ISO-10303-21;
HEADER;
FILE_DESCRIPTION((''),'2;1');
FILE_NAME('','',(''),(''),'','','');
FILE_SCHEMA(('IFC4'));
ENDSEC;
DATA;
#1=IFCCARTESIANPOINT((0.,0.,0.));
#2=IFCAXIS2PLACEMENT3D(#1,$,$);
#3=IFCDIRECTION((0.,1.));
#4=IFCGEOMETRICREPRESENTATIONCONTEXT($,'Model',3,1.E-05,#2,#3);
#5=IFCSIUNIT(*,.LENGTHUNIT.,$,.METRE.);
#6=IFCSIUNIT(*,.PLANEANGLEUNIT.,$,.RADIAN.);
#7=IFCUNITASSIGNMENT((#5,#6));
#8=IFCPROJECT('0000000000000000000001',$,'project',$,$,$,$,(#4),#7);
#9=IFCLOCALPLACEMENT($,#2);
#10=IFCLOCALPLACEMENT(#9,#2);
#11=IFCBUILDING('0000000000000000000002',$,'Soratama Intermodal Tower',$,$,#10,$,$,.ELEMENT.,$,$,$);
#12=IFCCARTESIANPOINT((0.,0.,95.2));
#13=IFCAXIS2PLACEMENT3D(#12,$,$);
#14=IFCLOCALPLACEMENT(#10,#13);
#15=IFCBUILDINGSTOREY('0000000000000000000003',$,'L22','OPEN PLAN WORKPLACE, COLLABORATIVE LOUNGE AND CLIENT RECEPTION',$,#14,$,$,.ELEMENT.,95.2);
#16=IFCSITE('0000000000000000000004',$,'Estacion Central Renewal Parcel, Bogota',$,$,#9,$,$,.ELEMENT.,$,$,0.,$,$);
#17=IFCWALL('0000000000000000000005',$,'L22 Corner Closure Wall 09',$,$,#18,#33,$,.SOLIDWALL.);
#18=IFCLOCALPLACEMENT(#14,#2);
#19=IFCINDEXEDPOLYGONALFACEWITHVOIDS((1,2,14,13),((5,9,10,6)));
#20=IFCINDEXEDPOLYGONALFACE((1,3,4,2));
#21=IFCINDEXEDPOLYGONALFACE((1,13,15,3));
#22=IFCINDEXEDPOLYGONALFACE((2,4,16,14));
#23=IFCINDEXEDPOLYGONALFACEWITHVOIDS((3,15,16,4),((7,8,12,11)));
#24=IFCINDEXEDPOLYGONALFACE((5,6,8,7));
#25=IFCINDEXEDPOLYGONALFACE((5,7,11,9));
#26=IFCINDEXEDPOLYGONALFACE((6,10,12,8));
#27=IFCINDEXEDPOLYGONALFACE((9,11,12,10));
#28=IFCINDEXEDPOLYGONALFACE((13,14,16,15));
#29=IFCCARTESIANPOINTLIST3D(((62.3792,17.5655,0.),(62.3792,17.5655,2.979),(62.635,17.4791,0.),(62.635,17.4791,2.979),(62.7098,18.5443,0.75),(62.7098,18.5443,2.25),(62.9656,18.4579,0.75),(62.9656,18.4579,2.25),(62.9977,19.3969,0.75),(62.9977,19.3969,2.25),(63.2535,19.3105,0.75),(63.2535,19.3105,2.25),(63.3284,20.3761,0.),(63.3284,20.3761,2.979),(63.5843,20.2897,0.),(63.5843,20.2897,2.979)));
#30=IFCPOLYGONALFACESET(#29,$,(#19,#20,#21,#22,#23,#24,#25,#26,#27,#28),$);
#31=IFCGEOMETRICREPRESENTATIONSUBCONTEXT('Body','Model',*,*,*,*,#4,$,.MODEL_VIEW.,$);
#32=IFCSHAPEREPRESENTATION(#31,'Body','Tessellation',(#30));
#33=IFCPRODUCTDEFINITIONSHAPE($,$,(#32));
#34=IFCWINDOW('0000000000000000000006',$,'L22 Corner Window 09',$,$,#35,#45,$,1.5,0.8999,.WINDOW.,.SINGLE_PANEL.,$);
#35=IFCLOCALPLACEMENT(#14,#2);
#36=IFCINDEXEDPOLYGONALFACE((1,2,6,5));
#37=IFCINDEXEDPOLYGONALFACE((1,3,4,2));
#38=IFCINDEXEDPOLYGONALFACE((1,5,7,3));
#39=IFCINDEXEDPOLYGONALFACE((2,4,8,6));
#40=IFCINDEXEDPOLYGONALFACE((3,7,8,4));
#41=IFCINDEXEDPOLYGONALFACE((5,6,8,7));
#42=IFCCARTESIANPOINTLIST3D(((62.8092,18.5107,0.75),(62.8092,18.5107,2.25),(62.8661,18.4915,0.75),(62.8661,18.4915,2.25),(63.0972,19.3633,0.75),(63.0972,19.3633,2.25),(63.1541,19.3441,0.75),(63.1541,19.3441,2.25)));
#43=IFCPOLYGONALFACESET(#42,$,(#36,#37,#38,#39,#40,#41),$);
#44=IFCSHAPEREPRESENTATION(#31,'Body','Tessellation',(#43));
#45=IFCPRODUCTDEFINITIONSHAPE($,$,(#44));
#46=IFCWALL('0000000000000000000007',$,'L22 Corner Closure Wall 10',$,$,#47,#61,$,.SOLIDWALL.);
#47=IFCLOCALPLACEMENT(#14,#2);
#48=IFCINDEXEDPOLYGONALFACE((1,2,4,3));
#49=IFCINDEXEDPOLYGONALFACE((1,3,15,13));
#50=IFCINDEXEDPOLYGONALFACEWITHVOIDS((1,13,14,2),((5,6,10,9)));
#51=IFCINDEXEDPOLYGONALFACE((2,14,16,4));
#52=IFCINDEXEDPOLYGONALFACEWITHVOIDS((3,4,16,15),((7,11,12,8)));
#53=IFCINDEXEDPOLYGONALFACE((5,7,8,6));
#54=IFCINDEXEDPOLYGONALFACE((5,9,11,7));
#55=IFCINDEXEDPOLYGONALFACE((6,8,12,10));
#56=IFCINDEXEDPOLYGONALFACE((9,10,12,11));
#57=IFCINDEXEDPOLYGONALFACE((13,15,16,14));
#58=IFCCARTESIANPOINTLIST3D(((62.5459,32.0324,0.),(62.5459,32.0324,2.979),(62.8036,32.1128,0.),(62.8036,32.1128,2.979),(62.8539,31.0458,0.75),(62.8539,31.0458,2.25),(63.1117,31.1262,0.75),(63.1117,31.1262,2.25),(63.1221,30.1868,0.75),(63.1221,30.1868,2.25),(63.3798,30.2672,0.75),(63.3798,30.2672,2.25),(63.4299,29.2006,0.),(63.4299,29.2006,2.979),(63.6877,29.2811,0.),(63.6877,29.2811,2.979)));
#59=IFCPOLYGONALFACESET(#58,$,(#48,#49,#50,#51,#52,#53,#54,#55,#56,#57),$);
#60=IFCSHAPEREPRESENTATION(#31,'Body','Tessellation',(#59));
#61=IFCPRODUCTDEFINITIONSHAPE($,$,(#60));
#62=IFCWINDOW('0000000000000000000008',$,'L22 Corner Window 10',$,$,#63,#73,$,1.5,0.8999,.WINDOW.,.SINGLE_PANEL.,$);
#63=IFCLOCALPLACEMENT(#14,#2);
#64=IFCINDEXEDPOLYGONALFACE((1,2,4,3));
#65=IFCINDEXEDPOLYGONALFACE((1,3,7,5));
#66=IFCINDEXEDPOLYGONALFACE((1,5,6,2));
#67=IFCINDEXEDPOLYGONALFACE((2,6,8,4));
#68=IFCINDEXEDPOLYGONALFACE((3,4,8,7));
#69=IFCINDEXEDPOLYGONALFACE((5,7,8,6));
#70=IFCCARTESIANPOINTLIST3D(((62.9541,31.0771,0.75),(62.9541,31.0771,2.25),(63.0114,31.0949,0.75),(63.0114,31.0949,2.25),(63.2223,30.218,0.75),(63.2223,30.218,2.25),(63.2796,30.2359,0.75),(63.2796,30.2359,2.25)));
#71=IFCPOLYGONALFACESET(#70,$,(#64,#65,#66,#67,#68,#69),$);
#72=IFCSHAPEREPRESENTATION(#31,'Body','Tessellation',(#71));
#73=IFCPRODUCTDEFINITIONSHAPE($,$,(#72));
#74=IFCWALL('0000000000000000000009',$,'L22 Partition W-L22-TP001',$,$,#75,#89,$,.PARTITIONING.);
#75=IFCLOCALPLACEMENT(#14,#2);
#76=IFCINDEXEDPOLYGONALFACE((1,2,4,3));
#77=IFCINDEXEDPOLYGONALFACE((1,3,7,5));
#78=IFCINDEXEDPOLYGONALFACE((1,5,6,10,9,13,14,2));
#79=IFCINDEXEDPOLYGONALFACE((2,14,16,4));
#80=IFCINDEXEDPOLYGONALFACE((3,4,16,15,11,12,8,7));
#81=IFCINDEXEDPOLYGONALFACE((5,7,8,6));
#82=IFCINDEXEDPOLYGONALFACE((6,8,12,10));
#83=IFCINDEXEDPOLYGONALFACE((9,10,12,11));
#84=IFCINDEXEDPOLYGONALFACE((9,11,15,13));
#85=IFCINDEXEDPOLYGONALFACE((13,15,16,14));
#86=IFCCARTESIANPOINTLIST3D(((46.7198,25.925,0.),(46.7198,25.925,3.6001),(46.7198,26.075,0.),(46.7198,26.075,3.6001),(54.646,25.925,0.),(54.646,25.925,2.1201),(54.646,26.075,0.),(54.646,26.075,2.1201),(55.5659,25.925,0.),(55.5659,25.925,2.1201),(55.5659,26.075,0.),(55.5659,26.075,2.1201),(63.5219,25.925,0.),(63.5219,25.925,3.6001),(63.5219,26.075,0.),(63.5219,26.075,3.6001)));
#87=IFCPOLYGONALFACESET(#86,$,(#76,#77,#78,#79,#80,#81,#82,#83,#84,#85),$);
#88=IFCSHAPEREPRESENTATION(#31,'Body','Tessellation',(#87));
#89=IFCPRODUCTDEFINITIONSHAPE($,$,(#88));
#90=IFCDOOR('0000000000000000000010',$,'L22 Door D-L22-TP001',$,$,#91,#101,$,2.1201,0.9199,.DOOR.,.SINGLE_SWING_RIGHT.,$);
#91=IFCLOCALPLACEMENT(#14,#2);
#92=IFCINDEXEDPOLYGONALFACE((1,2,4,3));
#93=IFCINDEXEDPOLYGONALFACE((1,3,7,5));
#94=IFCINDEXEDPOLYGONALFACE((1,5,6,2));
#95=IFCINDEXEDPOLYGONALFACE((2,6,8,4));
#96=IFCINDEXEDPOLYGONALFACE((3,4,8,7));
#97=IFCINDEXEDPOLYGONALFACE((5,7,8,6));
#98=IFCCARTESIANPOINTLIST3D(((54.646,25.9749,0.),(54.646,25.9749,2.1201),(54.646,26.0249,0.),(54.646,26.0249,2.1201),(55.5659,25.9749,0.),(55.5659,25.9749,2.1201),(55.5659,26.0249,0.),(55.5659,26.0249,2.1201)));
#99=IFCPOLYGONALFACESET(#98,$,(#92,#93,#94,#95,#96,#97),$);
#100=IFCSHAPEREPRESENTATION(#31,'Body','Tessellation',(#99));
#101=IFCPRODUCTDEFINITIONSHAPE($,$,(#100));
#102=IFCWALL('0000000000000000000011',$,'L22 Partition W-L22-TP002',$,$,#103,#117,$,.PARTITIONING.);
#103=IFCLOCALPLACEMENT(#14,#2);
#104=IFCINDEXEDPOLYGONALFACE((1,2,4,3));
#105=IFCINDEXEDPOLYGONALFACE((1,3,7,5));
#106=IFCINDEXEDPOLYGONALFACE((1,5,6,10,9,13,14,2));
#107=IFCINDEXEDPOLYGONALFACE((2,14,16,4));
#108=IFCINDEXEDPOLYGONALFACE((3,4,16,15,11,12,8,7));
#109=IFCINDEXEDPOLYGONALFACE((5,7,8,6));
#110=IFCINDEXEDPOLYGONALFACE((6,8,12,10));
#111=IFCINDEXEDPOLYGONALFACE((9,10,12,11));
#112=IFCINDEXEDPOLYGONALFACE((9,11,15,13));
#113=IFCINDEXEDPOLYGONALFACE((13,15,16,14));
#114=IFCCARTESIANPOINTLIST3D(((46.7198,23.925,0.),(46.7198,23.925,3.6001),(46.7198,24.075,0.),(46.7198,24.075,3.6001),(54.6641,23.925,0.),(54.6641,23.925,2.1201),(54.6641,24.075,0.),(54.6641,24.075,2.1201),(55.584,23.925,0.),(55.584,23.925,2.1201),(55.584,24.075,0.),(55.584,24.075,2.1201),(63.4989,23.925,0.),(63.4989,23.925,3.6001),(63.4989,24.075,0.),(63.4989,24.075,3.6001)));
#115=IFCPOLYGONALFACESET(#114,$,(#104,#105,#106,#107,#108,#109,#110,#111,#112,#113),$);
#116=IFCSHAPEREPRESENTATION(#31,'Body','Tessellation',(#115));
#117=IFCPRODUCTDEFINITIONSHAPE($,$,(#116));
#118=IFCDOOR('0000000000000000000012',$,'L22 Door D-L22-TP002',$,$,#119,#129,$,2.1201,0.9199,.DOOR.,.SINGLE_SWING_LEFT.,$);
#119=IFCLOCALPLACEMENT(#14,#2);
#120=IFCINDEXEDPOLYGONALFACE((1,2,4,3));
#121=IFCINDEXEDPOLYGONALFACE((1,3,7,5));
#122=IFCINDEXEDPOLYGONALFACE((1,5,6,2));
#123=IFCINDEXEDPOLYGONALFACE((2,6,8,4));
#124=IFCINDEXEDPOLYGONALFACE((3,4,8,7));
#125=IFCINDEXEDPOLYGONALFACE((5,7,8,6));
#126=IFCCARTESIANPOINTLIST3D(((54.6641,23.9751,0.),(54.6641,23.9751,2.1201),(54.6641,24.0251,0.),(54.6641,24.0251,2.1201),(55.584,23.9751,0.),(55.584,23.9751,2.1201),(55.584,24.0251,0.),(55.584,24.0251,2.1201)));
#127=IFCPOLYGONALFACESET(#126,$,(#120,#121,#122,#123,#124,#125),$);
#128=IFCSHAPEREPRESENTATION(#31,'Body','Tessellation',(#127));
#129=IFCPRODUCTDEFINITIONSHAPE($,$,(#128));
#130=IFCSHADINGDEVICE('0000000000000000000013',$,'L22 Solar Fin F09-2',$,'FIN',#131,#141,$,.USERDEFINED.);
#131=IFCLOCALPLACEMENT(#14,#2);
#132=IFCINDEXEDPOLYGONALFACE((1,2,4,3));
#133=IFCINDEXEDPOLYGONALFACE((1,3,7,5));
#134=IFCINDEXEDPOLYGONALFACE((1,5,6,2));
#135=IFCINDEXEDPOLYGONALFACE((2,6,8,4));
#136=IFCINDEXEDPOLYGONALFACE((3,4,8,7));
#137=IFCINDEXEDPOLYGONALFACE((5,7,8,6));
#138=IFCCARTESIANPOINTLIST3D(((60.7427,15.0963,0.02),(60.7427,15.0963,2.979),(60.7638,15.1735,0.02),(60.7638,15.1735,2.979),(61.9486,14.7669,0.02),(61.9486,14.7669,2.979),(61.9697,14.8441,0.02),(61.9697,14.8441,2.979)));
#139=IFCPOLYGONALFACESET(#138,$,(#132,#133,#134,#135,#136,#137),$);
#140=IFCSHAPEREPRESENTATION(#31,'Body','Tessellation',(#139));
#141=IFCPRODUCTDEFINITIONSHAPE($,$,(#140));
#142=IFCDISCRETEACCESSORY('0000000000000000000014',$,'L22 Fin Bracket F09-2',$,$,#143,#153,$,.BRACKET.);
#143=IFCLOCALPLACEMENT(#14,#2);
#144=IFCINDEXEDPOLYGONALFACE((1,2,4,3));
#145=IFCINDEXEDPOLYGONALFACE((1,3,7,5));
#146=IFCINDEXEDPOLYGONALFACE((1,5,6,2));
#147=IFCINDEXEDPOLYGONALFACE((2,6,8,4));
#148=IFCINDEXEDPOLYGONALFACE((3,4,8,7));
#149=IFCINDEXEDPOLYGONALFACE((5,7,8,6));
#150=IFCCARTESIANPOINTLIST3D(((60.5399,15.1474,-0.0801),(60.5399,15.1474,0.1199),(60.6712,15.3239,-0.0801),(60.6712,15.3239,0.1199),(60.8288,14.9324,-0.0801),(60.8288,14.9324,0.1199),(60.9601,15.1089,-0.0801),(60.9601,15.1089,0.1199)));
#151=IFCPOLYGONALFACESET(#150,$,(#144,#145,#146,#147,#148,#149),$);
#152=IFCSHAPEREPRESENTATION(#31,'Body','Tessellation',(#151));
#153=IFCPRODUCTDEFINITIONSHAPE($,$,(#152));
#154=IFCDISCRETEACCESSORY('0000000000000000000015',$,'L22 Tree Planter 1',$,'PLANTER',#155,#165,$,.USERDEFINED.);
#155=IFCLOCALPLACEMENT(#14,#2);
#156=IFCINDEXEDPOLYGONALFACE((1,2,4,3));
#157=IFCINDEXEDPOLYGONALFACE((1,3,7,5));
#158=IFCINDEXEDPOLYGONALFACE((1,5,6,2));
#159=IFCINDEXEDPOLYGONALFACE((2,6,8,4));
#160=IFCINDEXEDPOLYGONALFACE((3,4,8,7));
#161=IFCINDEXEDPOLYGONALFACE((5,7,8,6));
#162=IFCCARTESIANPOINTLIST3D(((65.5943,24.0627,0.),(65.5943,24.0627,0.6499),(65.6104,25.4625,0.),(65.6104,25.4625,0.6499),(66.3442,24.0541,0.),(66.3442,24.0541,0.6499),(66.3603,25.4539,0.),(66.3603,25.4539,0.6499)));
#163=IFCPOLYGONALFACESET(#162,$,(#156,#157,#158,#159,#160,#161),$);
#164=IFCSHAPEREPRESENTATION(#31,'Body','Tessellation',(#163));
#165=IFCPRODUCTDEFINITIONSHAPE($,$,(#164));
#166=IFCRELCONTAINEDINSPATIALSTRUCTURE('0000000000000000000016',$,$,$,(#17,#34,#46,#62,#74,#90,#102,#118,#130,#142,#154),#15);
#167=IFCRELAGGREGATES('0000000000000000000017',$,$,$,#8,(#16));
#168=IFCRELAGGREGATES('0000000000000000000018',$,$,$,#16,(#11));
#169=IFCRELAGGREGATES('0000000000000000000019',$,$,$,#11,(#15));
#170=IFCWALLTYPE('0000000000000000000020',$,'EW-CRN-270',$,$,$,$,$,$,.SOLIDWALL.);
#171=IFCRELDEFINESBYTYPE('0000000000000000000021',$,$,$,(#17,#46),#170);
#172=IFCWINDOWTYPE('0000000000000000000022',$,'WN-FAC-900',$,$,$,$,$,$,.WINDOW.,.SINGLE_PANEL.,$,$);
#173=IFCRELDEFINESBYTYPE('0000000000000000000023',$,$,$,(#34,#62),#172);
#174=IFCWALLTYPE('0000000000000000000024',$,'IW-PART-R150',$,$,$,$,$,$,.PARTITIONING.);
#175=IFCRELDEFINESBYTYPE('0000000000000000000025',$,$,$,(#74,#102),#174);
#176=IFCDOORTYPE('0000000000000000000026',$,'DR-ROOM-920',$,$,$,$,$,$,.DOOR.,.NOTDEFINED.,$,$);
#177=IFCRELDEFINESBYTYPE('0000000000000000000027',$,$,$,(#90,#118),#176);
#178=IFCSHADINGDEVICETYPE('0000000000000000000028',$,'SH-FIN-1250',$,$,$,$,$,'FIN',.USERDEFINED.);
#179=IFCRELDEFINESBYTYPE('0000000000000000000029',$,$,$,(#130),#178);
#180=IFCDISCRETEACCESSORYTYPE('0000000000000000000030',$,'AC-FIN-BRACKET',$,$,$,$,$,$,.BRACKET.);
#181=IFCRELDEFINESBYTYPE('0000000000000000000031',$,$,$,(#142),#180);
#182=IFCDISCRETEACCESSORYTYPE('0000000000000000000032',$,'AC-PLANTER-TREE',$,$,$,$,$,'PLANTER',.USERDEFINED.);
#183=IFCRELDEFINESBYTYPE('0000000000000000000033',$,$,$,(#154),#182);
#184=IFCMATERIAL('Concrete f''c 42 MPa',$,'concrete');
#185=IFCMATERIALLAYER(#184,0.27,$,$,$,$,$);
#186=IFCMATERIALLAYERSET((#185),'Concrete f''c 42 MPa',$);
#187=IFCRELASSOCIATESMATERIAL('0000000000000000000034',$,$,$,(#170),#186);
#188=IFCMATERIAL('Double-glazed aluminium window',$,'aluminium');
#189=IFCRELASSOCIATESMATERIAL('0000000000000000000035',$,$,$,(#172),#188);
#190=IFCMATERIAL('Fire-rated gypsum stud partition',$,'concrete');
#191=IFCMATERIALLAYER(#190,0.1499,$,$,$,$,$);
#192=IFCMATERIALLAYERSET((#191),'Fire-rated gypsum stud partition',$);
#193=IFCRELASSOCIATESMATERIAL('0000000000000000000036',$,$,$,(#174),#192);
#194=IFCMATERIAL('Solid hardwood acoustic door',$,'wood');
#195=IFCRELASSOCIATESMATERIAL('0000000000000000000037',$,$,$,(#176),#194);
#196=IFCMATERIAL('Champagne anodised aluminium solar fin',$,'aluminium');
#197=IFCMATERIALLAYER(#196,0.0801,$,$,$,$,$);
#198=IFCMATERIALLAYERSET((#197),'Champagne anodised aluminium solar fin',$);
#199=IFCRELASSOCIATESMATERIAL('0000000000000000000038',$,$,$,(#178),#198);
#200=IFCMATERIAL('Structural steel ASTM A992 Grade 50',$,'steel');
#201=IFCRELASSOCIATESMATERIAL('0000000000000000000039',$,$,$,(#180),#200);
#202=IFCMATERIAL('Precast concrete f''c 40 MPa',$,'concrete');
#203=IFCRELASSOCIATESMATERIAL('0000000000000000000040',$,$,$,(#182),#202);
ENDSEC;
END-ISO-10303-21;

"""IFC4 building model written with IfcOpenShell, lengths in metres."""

from ifc_helpers import new_model, si_unit, direction, frame, frame_2d, origin, origin_2d, place, context, subcontext, project, spatial, rectangle, extrude, material, layer, layer_set, type_object, element, fill, save


model = new_model("IFC4")

# Units and contexts
model_context = context("Model", 3, precision=1e-05, world=origin(), true_north=direction((0.0, 1.0)))
body_context = subcontext(model_context, "Body", "Model", "MODEL_VIEW")
ifc_project = project(units=[si_unit("LENGTHUNIT", "METRE"), si_unit("PLANEANGLEUNIT", "RADIAN")], contexts=[model_context])

# Site, building, storey
site_placement = place(None, origin())
site = spatial("IfcSite", under=ifc_project, at=site_placement, Name="Estacion Central Renewal Parcel, Bogota", CompositionType="ELEMENT", RefElevation=0.0)
building_placement = place(site_placement, origin())
building = spatial("IfcBuilding", under=site, at=building_placement, Name="Soratama Intermodal Tower", CompositionType="ELEMENT")
storey_placement = place(building_placement, frame((0.0, 0.0, 95.2)))
storey = spatial("IfcBuildingStorey", under=building, at=storey_placement, Name="L22", Description="OPEN PLAN WORKPLACE, COLLABORATIVE LOUNGE AND CLIENT RECEPTION", CompositionType="ELEMENT", Elevation=95.2)

# Walls, openings, windows
ifc_material_1 = material(Name="Concrete f'c 42 MPa", Category="concrete")
ifc_layer_1 = layer(ifc_material_1, 0.27)
ifc_layer_set_1 = layer_set([ifc_layer_1], Name="Concrete f'c 42 MPa")
wall_type_1 = type_object("IfcWallType", Name="EW-CRN-270", PredefinedType="SOLIDWALL", material=ifc_layer_set_1)
wall_1_placement = place(storey_placement, frame((62.5071, 17.5222, 0.0), z_axis=(0.0, 0.0, 1.0), x_axis=(0.319978, 0.947425, 0.0)))
wall_1 = element("IfcWall", 1, at=wall_1_placement, inside=storey, type_object=wall_type_1, Name="L22 Corner Closure Wall 09", PredefinedType="SOLIDWALL", context=body_context, shape_type="SweptSolid", body=[
    extrude(rectangle(XDim=2.9666, YDim=0.27, at=frame_2d((1.4834, 0.0))), origin(), (0.0, 0.0, 1.0), 2.979),
])
opening_1_placement = place(wall_1_placement, frame((1.0332, 0.0, 0.75)))
opening_1 = element("IfcOpeningElement", 2, at=opening_1_placement, cuts=wall_1, PredefinedType="OPENING", context=body_context, shape_type="SweptSolid", body=[
    extrude(rectangle(XDim=0.8999, YDim=1.5, at=frame_2d((0.45, 0.75))), frame((0.0, 0.145, 0.0), z_axis=(0.0, -1.0, 0.0), x_axis=(1.0, 0.0, 0.0)), (0.0, 0.0, 1.0), 0.29),
])
ifc_material_2 = material(Name="Double-glazed aluminium window", Category="aluminium")
window_type_1 = type_object("IfcWindowType", Name="WN-FAC-900", PartitioningType="SINGLE_PANEL", PredefinedType="WINDOW", material=ifc_material_2)
window_1_placement = place(opening_1_placement, origin())
window_1 = element("IfcWindow", 3, at=window_1_placement, inside=storey, type_object=window_type_1, Name="L22 Corner Window 09", OverallHeight=1.5, OverallWidth=0.8999, PartitioningType="SINGLE_PANEL", PredefinedType="WINDOW", context=body_context, shape_type="SweptSolid", body=[
    extrude(rectangle(XDim=0.8999, YDim=1.5, at=frame_2d((0.45, 0.75))), frame((0.0, 0.03, 0.0), z_axis=(0.0, -1.0, 0.0), x_axis=(1.0, 0.0, 0.0)), (0.0, 0.0, 1.0), 0.0601),
])
fill(opening_1, window_1)
wall_2_placement = place(storey_placement, frame((63.5588, 29.2407, 0.0), z_axis=(0.0, 0.0, 1.0), x_axis=(-0.297999, 0.954566, 0.0)))
wall_2 = element("IfcWall", 4, at=wall_2_placement, inside=storey, type_object=wall_type_1, Name="L22 Corner Closure Wall 10", PredefinedType="SOLIDWALL", context=body_context, shape_type="SweptSolid", body=[
    extrude(rectangle(XDim=2.9666, YDim=0.27, at=frame_2d((1.4834, 0.0))), origin(), (0.0, 0.0, 1.0), 2.979),
])
opening_2_placement = place(wall_2_placement, frame((1.0332, 0.0, 0.75)))
opening_2 = element("IfcOpeningElement", 5, at=opening_2_placement, cuts=wall_2, PredefinedType="OPENING", context=body_context, shape_type="SweptSolid", body=[
    extrude(rectangle(XDim=0.8999, YDim=1.5, at=frame_2d((0.45, 0.75))), frame((0.0, 0.145, 0.0), z_axis=(0.0, -1.0, 0.0), x_axis=(1.0, 0.0, 0.0)), (0.0, 0.0, 1.0), 0.29),
])
window_2_placement = place(opening_2_placement, origin())
window_2 = element("IfcWindow", 6, at=window_2_placement, inside=storey, type_object=window_type_1, Name="L22 Corner Window 10", OverallHeight=1.5, OverallWidth=0.8999, PartitioningType="SINGLE_PANEL", PredefinedType="WINDOW", context=body_context, shape_type="SweptSolid", body=[
    extrude(rectangle(XDim=0.8999, YDim=1.5, at=frame_2d((0.45, 0.75))), frame((0.0, 0.03, 0.0), z_axis=(0.0, -1.0, 0.0), x_axis=(1.0, 0.0, 0.0)), (0.0, 0.0, 1.0), 0.0601),
])
fill(opening_2, window_2)

# Walls, openings, doors
ifc_material_3 = material(Name="Fire-rated gypsum stud partition", Category="concrete")
ifc_layer_2 = layer(ifc_material_3, 0.1499)
ifc_layer_set_2 = layer_set([ifc_layer_2], Name="Fire-rated gypsum stud partition")
wall_type_2 = type_object("IfcWallType", Name="IW-PART-R150", PredefinedType="PARTITIONING", material=ifc_layer_set_2)
wall_3_placement = place(storey_placement, frame((46.72, 26.0, 0.0), z_axis=(0.0, 0.0, 1.0), x_axis=(1.0, 0.0, 0.0)))
wall_3 = element("IfcWall", 7, at=wall_3_placement, inside=storey, type_object=wall_type_2, Name="L22 Partition W-L22-TP001", PredefinedType="PARTITIONING", context=body_context, shape_type="SweptSolid", body=[
    extrude(rectangle(XDim=16.802, YDim=0.1499, at=frame_2d((8.4009, 0.0))), origin(), (0.0, 0.0, 1.0), 3.6001),
])
opening_3_placement = place(wall_3_placement, frame((7.926, 0.0, 0.0)))
opening_3 = element("IfcOpeningElement", 8, at=opening_3_placement, cuts=wall_3, PredefinedType="OPENING", context=body_context, shape_type="SweptSolid", body=[
    extrude(rectangle(XDim=0.9199, YDim=2.1201, at=frame_2d((0.46, 1.0601))), frame((0.0, 0.085, 0.0), z_axis=(0.0, -1.0, 0.0), x_axis=(1.0, 0.0, 0.0)), (0.0, 0.0, 1.0), 0.1699),
])
ifc_material_4 = material(Name="Solid hardwood acoustic door", Category="wood")
door_type_1 = type_object("IfcDoorType", Name="DR-ROOM-920", OperationType="NOTDEFINED", PredefinedType="DOOR", material=ifc_material_4)
door_1_placement = place(opening_3_placement, origin())
door_1 = element("IfcDoor", 9, at=door_1_placement, inside=storey, type_object=door_type_1, Name="L22 Door D-L22-TP001", OperationType="SINGLE_SWING_RIGHT", OverallHeight=2.1201, OverallWidth=0.9199, PredefinedType="DOOR", context=body_context, shape_type="SweptSolid", body=[
    extrude(rectangle(XDim=0.9199, YDim=2.1201, at=frame_2d((0.46, 1.0601))), frame((0.0, 0.0249, 0.0), z_axis=(0.0, -1.0, 0.0), x_axis=(1.0, 0.0, 0.0)), (0.0, 0.0, 1.0), 0.05),
])
fill(opening_3, door_1)
wall_4_placement = place(storey_placement, frame((63.499, 24.0, 0.0), z_axis=(0.0, 0.0, 1.0), x_axis=(-1.0, 0.0, 0.0)))
wall_4 = element("IfcWall", 10, at=wall_4_placement, inside=storey, type_object=wall_type_2, Name="L22 Partition W-L22-TP002", PredefinedType="PARTITIONING", context=body_context, shape_type="SweptSolid", body=[
    extrude(rectangle(XDim=16.7791, YDim=0.1499, at=frame_2d((8.3896, 0.0))), origin(), (0.0, 0.0, 1.0), 3.6001),
])
opening_4_placement = place(wall_4_placement, frame((7.915, 0.0, 0.0)))
opening_4 = element("IfcOpeningElement", 11, at=opening_4_placement, cuts=wall_4, PredefinedType="OPENING", context=body_context, shape_type="SweptSolid", body=[
    extrude(rectangle(XDim=0.9199, YDim=2.1201, at=frame_2d((0.46, 1.0601))), frame((0.0, 0.085, 0.0), z_axis=(0.0, -1.0, 0.0), x_axis=(1.0, 0.0, 0.0)), (0.0, 0.0, 1.0), 0.1699),
])
door_2_placement = place(opening_4_placement, origin())
door_2 = element("IfcDoor", 12, at=door_2_placement, inside=storey, type_object=door_type_1, Name="L22 Door D-L22-TP002", OperationType="SINGLE_SWING_LEFT", OverallHeight=2.1201, OverallWidth=0.9199, PredefinedType="DOOR", context=body_context, shape_type="SweptSolid", body=[
    extrude(rectangle(XDim=0.9199, YDim=2.1201, at=frame_2d((0.46, 1.0601))), frame((0.0, 0.0249, 0.0), z_axis=(0.0, -1.0, 0.0), x_axis=(1.0, 0.0, 0.0)), (0.0, 0.0, 1.0), 0.05),
])
fill(opening_4, door_2)

# Shading device
ifc_material_5 = material(Name="Champagne anodised aluminium solar fin", Category="aluminium")
ifc_layer_3 = layer(ifc_material_5, 0.0801)
ifc_layer_set_3 = layer_set([ifc_layer_3], Name="Champagne anodised aluminium solar fin")
shading_device_type = type_object("IfcShadingDeviceType", Name="SH-FIN-1250", ElementType="FIN", PredefinedType="USERDEFINED", material=ifc_layer_set_3)
shading_device_placement = place(storey_placement, frame((61.3562, 14.9702, 0.02), z_axis=(0.0, 0.0, 1.0), x_axis=(0.964649, -0.263536, 0.0)))
element("IfcShadingDevice", 13, at=shading_device_placement, inside=storey, type_object=shading_device_type, Name="L22 Solar Fin F09-2", ObjectType="FIN", PredefinedType="USERDEFINED", context=body_context, shape_type="SweptSolid", body=[
    extrude(rectangle(XDim=1.25, YDim=0.0801, at=origin_2d()), origin(), (0.0, 0.0, 1.0), 2.959),
])

# Discrete accessories
ifc_material_6 = material(Name="Structural steel ASTM A992 Grade 50", Category="steel")
discrete_accessory_type_1 = type_object("IfcDiscreteAccessoryType", Name="AC-FIN-BRACKET", PredefinedType="BRACKET", material=ifc_material_6)
discrete_accessory_1_placement = place(storey_placement, frame((60.75, 15.1282, -0.0801), z_axis=(0.0, 0.0, 1.0), x_axis=(0.802193, -0.597065, 0.0)))
element("IfcDiscreteAccessory", 14, at=discrete_accessory_1_placement, inside=storey, type_object=discrete_accessory_type_1, Name="L22 Fin Bracket F09-2", PredefinedType="BRACKET", context=body_context, shape_type="SweptSolid", body=[
    extrude(rectangle(XDim=0.3601, YDim=0.22, at=origin_2d()), origin(), (0.0, 0.0, 1.0), 0.2),
])
ifc_material_7 = material(Name="Precast concrete f'c 40 MPa", Category="concrete")
discrete_accessory_type_2 = type_object("IfcDiscreteAccessoryType", Name="AC-PLANTER-TREE", ElementType="PLANTER", PredefinedType="USERDEFINED", material=ifc_material_7)
discrete_accessory_2_placement = place(storey_placement, frame((65.9773, 24.7583, 0.0), z_axis=(0.0, 0.0, 1.0), x_axis=(0.999934, -0.011519, 0.0)))
element("IfcDiscreteAccessory", 15, at=discrete_accessory_2_placement, inside=storey, type_object=discrete_accessory_type_2, Name="L22 Tree Planter 1", ObjectType="PLANTER", PredefinedType="USERDEFINED", context=body_context, shape_type="SweptSolid", body=[
    extrude(rectangle(XDim=0.75, YDim=1.3999, at=origin_2d()), origin(), (0.0, 0.0, 1.0), 0.6499),
])

save(model, "model.ifc")
